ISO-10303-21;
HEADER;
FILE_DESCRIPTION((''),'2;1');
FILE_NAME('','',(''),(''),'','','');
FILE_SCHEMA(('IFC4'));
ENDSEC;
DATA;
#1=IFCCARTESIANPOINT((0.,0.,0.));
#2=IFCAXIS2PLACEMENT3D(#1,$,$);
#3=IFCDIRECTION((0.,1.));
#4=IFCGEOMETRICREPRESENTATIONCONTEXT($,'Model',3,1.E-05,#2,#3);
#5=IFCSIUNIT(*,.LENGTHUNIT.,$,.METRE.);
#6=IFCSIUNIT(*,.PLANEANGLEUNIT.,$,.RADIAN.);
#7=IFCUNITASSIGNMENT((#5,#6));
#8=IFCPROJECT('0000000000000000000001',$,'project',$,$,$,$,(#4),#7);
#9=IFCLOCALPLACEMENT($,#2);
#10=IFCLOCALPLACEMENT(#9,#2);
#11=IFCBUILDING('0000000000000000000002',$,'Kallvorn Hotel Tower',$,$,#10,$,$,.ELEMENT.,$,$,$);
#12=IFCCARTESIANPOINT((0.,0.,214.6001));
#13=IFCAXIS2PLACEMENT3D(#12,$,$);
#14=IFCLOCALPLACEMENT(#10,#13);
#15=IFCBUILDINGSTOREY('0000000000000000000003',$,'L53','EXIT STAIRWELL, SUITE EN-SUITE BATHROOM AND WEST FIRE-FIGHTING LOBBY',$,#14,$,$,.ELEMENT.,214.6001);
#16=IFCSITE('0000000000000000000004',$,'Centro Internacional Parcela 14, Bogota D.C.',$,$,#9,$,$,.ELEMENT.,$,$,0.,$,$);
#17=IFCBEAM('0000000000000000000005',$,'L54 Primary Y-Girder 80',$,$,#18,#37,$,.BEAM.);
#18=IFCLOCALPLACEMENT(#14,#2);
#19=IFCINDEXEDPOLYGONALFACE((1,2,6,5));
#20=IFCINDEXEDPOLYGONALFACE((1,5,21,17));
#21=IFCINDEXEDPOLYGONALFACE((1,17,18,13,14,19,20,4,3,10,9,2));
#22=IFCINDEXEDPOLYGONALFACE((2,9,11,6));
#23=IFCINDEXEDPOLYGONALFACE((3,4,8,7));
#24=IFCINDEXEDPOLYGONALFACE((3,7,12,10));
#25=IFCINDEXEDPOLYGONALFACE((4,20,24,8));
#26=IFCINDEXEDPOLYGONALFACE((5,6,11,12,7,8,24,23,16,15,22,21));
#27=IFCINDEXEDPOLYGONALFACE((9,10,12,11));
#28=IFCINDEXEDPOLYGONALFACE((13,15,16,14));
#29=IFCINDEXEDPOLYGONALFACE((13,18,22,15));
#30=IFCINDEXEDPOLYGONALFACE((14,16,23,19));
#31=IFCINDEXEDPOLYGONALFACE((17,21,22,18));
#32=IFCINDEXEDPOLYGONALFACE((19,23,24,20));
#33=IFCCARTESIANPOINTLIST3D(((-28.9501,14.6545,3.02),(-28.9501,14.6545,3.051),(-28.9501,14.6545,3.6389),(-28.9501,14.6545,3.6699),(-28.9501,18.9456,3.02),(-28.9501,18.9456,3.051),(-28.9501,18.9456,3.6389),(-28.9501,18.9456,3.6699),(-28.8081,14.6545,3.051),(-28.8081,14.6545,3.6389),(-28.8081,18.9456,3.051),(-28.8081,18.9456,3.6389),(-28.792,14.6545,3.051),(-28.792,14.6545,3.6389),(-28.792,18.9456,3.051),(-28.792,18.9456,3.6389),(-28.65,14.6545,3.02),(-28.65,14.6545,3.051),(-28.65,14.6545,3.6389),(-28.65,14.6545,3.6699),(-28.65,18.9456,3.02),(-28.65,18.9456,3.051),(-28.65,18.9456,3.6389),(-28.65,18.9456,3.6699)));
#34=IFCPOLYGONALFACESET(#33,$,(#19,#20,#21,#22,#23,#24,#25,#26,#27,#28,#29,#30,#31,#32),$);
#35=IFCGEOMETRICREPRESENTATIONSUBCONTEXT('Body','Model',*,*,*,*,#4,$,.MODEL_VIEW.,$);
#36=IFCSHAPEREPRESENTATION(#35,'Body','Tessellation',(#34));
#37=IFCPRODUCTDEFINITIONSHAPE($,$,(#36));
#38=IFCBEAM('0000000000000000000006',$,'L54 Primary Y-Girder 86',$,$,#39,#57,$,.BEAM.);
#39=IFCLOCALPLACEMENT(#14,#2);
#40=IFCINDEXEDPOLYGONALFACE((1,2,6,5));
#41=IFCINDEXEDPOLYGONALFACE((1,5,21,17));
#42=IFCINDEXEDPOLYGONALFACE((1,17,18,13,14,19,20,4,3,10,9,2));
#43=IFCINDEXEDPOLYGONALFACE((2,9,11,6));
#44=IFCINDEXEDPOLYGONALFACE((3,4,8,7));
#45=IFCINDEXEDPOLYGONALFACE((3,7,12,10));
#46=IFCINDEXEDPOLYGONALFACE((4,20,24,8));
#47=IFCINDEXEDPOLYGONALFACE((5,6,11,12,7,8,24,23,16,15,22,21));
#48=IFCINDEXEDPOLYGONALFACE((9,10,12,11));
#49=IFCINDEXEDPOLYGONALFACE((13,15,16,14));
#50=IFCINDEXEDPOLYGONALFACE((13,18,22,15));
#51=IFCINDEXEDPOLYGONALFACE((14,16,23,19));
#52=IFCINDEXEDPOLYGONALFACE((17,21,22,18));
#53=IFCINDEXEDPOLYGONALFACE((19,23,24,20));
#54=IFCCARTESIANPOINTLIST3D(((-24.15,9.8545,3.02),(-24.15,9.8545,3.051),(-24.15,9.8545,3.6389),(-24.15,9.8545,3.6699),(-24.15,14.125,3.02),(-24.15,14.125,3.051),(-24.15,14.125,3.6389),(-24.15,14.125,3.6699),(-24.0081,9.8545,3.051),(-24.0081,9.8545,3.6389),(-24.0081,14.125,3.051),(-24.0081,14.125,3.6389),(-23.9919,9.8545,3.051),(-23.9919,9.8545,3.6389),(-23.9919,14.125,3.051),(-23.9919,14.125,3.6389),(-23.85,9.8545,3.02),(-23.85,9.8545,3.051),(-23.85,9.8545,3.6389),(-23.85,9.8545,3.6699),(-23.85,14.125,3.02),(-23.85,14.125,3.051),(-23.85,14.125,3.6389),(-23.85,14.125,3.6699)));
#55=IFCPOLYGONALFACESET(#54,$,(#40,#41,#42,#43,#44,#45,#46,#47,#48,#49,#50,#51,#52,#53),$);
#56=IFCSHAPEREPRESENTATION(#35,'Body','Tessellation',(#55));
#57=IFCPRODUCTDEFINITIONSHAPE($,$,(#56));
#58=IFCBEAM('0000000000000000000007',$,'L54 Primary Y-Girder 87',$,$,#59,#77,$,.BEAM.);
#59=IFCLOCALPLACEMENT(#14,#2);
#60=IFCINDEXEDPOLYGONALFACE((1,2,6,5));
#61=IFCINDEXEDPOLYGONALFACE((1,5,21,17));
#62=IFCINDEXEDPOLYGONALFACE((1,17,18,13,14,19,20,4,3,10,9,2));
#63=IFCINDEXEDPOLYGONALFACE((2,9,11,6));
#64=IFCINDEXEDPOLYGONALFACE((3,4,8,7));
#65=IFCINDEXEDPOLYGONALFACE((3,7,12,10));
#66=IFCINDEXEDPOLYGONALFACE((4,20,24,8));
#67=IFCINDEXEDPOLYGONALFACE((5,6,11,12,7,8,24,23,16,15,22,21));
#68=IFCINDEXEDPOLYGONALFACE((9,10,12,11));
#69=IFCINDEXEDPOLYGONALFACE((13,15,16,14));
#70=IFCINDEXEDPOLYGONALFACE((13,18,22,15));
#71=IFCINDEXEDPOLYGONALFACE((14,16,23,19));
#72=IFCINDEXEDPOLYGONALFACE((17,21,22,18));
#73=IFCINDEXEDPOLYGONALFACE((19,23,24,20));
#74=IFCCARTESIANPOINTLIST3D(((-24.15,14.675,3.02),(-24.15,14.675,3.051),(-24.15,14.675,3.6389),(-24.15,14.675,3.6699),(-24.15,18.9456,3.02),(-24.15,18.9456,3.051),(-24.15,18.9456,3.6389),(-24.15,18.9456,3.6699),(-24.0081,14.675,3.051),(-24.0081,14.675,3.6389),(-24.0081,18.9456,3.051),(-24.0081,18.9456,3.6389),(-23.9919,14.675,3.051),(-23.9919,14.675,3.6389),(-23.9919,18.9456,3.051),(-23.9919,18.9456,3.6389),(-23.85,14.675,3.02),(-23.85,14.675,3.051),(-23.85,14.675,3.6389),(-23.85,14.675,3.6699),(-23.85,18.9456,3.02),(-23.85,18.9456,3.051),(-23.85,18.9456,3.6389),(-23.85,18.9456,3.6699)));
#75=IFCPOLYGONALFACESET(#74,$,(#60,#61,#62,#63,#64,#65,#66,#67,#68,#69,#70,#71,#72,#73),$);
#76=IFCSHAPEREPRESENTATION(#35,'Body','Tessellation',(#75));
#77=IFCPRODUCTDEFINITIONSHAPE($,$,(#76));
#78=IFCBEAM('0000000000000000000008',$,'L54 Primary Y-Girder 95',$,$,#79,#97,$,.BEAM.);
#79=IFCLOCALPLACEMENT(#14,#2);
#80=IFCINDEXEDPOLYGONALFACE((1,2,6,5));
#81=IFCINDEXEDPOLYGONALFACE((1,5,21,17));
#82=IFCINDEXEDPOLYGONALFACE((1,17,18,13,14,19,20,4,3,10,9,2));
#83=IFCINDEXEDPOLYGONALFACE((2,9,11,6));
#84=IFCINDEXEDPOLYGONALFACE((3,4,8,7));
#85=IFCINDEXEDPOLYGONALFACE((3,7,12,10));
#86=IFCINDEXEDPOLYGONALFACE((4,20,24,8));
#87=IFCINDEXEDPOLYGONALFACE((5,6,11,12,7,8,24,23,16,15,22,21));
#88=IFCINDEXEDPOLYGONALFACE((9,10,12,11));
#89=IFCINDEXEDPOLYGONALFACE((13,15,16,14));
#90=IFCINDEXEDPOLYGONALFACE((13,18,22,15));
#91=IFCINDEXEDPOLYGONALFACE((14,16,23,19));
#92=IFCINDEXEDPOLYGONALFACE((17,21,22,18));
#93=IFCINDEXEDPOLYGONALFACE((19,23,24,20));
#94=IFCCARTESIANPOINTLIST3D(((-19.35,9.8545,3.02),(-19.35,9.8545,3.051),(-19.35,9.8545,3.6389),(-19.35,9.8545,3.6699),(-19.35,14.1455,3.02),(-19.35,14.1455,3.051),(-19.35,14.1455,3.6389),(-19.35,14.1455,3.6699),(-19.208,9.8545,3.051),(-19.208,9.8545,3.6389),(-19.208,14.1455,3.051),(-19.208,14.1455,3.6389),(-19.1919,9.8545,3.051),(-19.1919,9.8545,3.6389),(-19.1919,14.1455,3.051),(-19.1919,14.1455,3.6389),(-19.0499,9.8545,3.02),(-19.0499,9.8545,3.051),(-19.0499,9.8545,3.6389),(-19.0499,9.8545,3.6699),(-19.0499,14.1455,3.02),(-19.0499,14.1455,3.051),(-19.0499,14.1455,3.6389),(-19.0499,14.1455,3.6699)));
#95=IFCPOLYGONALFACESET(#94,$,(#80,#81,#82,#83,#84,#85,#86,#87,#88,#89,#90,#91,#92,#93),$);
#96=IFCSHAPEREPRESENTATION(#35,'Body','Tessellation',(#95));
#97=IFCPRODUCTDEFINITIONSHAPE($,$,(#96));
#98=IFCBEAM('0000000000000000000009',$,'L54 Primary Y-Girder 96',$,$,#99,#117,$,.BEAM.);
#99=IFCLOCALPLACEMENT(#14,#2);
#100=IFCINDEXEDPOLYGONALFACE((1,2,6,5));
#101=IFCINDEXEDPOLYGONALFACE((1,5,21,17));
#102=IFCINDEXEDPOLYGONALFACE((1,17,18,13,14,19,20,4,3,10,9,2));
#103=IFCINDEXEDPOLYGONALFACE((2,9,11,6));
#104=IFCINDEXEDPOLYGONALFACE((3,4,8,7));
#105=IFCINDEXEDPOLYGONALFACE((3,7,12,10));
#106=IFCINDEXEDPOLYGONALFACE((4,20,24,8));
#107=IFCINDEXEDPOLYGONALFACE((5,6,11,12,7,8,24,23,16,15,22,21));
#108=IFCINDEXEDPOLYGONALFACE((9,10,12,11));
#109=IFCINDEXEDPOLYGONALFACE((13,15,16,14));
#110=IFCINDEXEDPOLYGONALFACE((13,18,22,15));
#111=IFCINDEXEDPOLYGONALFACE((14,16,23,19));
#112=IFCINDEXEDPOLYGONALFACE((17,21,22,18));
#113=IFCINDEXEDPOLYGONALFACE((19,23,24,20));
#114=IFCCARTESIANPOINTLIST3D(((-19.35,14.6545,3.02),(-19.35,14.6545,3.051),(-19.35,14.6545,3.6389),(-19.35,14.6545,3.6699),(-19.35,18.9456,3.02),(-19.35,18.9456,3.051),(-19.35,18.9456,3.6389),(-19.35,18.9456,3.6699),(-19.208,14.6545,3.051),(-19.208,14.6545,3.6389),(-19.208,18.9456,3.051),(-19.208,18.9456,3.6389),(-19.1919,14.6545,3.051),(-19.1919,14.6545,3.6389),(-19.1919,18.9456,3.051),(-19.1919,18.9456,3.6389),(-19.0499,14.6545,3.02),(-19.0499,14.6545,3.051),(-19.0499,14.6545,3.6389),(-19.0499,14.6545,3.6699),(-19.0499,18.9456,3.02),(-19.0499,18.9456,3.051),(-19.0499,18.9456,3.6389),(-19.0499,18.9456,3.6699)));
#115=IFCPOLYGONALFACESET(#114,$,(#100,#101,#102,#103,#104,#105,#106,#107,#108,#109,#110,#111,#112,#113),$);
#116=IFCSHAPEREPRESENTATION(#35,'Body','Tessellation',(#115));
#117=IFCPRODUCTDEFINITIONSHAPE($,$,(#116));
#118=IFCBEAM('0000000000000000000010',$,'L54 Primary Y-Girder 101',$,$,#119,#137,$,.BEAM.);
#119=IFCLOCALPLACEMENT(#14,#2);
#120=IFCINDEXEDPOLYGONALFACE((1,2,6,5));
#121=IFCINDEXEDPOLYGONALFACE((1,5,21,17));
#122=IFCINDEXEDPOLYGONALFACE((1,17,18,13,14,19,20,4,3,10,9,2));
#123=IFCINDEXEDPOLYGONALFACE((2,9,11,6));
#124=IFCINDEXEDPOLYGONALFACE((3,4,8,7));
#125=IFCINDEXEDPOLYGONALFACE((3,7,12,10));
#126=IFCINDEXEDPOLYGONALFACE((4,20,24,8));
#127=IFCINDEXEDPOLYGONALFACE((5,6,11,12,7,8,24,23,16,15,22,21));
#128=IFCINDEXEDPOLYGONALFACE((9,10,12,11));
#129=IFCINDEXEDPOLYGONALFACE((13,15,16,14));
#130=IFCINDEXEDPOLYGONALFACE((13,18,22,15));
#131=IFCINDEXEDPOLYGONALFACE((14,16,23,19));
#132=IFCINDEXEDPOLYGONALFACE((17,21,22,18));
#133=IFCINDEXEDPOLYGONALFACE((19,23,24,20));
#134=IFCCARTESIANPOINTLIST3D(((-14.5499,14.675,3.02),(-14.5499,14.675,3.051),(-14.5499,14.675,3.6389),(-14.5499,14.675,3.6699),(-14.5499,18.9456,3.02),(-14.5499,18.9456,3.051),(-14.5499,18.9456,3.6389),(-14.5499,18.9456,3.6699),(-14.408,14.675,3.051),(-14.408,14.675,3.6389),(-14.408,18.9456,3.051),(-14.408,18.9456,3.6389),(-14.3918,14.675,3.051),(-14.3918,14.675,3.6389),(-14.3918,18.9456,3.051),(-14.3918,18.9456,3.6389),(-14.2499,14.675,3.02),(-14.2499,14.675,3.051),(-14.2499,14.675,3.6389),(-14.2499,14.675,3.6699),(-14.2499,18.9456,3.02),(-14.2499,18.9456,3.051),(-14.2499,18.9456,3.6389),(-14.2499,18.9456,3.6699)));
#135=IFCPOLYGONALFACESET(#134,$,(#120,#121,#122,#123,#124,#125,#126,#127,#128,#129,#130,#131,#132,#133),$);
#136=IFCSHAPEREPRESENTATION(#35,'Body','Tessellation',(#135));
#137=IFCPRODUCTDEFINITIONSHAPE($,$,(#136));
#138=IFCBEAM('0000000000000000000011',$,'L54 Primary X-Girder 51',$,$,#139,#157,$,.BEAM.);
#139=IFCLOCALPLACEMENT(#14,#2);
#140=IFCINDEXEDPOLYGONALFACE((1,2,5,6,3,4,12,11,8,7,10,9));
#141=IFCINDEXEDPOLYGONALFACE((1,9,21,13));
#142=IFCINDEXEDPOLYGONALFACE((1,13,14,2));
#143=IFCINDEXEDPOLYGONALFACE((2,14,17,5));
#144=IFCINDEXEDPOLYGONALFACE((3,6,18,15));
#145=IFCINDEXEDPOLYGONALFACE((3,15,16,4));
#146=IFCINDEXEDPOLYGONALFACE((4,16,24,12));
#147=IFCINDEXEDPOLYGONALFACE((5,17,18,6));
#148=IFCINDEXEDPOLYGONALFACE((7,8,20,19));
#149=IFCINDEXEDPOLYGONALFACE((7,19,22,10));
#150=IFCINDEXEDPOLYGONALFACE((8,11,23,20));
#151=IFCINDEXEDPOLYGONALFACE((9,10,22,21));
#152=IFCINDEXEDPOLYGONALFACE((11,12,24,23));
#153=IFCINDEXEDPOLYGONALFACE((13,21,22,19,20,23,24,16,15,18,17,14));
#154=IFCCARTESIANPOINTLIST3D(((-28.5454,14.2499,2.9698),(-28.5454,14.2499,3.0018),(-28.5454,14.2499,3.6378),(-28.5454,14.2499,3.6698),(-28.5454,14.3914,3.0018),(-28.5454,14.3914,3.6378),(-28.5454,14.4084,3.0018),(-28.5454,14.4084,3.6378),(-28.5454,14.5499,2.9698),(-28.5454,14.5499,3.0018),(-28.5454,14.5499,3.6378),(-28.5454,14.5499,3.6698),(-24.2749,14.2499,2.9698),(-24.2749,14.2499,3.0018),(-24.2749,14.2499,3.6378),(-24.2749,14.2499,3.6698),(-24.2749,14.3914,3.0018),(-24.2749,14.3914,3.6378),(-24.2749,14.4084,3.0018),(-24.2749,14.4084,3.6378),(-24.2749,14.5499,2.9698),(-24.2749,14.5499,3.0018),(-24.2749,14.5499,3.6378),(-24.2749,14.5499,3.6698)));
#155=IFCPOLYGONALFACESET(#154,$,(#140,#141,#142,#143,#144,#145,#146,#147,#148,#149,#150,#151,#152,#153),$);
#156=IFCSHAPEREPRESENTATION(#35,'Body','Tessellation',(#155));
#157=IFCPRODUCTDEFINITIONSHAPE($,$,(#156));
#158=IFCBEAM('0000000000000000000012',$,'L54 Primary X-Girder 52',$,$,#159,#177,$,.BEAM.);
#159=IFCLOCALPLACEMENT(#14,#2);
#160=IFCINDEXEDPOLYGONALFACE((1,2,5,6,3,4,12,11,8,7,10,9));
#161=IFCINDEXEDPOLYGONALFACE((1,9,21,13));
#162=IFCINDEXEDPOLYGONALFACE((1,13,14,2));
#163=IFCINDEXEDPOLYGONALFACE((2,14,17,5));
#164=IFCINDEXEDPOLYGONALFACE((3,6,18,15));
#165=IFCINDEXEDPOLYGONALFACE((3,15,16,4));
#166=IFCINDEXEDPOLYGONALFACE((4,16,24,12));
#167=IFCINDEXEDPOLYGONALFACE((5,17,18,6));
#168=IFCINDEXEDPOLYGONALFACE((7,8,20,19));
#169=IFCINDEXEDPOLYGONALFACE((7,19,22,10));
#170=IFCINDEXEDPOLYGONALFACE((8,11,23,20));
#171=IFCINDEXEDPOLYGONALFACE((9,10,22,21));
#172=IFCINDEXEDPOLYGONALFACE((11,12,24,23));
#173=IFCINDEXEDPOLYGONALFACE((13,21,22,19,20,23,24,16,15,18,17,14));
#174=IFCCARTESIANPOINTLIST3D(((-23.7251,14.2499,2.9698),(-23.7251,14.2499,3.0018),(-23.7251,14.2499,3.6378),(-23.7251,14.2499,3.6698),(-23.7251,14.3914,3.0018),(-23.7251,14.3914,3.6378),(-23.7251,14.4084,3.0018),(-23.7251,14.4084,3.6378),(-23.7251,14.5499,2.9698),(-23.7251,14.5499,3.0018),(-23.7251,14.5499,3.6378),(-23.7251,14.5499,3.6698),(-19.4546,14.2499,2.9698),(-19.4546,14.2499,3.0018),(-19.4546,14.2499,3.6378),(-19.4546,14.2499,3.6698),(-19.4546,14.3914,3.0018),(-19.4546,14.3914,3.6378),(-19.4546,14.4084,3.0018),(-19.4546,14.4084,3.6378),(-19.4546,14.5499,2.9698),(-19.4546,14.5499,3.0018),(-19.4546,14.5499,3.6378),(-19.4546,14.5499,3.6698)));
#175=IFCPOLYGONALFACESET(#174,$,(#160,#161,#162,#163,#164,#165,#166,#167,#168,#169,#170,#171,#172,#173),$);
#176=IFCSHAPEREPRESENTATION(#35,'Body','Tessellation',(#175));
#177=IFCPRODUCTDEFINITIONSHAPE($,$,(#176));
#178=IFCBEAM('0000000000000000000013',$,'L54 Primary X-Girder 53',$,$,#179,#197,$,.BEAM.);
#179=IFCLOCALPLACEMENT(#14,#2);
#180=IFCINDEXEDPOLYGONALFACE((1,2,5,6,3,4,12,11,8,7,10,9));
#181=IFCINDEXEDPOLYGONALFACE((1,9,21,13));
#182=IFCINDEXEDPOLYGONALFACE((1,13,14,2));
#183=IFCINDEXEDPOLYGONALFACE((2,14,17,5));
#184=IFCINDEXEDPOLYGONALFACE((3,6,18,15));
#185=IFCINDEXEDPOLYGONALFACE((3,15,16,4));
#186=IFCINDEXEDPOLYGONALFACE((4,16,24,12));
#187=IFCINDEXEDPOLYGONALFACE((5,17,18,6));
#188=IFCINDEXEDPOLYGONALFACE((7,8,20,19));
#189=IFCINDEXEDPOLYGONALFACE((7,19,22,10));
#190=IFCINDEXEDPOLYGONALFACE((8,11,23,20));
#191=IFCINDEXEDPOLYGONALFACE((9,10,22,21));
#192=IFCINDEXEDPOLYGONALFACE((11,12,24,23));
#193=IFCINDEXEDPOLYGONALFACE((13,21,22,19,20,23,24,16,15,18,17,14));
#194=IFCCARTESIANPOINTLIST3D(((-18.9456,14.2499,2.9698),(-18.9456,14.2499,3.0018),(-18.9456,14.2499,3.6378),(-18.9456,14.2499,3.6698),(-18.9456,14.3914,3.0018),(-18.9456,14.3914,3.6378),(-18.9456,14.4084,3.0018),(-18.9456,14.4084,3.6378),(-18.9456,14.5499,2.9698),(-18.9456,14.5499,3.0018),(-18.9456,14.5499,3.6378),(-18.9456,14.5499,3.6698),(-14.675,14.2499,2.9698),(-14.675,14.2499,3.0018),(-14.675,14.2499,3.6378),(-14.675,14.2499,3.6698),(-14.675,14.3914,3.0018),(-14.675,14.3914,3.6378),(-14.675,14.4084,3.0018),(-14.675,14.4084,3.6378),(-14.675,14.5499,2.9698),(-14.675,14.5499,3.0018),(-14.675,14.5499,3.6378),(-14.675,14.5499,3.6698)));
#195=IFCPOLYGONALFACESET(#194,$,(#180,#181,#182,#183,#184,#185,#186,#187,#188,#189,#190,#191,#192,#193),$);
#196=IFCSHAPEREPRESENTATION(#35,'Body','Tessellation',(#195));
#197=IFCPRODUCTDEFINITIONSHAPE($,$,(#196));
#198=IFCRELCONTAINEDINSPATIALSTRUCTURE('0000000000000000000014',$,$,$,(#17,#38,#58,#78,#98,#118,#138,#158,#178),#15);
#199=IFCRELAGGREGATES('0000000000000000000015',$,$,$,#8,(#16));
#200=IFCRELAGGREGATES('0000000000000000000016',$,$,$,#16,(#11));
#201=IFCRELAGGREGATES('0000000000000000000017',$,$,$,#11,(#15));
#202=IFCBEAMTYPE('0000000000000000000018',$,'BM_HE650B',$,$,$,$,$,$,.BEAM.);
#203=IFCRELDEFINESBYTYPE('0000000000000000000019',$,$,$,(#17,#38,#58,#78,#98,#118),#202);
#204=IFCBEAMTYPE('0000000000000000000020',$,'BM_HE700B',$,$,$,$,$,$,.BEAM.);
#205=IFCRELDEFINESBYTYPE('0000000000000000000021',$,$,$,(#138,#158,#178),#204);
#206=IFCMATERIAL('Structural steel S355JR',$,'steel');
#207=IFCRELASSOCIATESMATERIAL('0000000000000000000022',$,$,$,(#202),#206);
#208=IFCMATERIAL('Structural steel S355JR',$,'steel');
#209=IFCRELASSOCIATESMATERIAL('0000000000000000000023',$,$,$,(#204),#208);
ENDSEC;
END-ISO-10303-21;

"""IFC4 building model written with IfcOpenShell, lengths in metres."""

from ifc_helpers import new_model, si_unit, direction, frame, origin, origin_2d, place, context, subcontext, project, spatial, i_section, extrude, material, material_profile, profile_set, type_object, element, save


model = new_model("IFC4")

# Units and contexts
model_context = context("Model", 3, precision=1e-05, world=origin(), true_north=direction((0.0, 1.0)))
body_context = subcontext(model_context, "Body", "Model", "MODEL_VIEW")
ifc_project = project(units=[si_unit("LENGTHUNIT", "METRE"), si_unit("PLANEANGLEUNIT", "RADIAN")], contexts=[model_context])

# Site, building, storey
site_placement = place(None, origin())
site = spatial("IfcSite", under=ifc_project, at=site_placement, Name="Centro Internacional Parcela 14, Bogota D.C.", CompositionType="ELEMENT", RefElevation=0.0)
building_placement = place(site_placement, origin())
building = spatial("IfcBuilding", under=site, at=building_placement, Name="Kallvorn Hotel Tower", CompositionType="ELEMENT")
storey_placement = place(building_placement, frame((0.0, 0.0, 214.6001)))
storey = spatial("IfcBuildingStorey", under=building, at=storey_placement, Name="L53", Description="EXIT STAIRWELL, SUITE EN-SUITE BATHROOM AND WEST FIRE-FIGHTING LOBBY", CompositionType="ELEMENT", Elevation=214.6001)

# Beams
ifc_material_1 = material(Name="Structural steel S355JR", Category="steel")
ifc_material_profile_1 = material_profile(ifc_material_1, i_section(OverallWidth=0.3, OverallDepth=0.6499, WebThickness=0.0161, FlangeThickness=0.031, at=origin_2d()), Name="HE 650 B")
ifc_profile_set_1 = profile_set([ifc_material_profile_1], Name="Structural steel S355JR")
beam_type_1 = type_object("IfcBeamType", Name="BM_HE650B", PredefinedType="BEAM", material=ifc_profile_set_1)
for number, where, z_axis, x_axis, name in (
    (1, (-28.8, 14.6545, 3.345), (0.0, 1.0, 0.0), (-1.0, 0.0, 0.0), "L54 Primary Y-Girder 80"),
):
    element("IfcBeam", number, at=place(storey_placement, frame(where, z_axis=z_axis, x_axis=x_axis)), inside=storey, type_object=beam_type_1, Name=name, PredefinedType="BEAM", context=body_context, shape_type="SweptSolid", body=[
        extrude(i_section(OverallWidth=0.3, OverallDepth=0.6499, WebThickness=0.0161, FlangeThickness=0.031, at=origin_2d()), origin(), (0.0, 0.0, 1.0), 4.291),
    ])
for number, where, z_axis, x_axis, name in (
    (2, (-24.0, 9.8545, 3.345), (0.0, 1.0, 0.0), (-1.0, 0.0, 0.0), "L54 Primary Y-Girder 86"),
    (3, (-24.0, 14.675, 3.345), (0.0, 1.0, 0.0), (-1.0, 0.0, 0.0), "L54 Primary Y-Girder 87"),
):
    element("IfcBeam", number, at=place(storey_placement, frame(where, z_axis=z_axis, x_axis=x_axis)), inside=storey, type_object=beam_type_1, Name=name, PredefinedType="BEAM", context=body_context, shape_type="SweptSolid", body=[
        extrude(i_section(OverallWidth=0.3, OverallDepth=0.6499, WebThickness=0.0161, FlangeThickness=0.031, at=origin_2d()), origin(), (0.0, 0.0, 1.0), 4.2705),
    ])
for number, where, z_axis, x_axis, name in (
    (4, (-19.2, 9.8545, 3.345), (0.0, 1.0, 0.0), (-1.0, 0.0, 0.0), "L54 Primary Y-Girder 95"),
    (5, (-19.2, 14.6545, 3.345), (0.0, 1.0, 0.0), (-1.0, 0.0, 0.0), "L54 Primary Y-Girder 96"),
):
    element("IfcBeam", number, at=place(storey_placement, frame(where, z_axis=z_axis, x_axis=x_axis)), inside=storey, type_object=beam_type_1, Name=name, PredefinedType="BEAM", context=body_context, shape_type="SweptSolid", body=[
        extrude(i_section(OverallWidth=0.3, OverallDepth=0.6499, WebThickness=0.0161, FlangeThickness=0.031, at=origin_2d()), origin(), (0.0, 0.0, 1.0), 4.291),
    ])
beam_placement = place(storey_placement, frame((-14.3999, 14.675, 3.345), z_axis=(0.0, 1.0, 0.0), x_axis=(-1.0, 0.0, 0.0)))
element("IfcBeam", 6, at=beam_placement, inside=storey, type_object=beam_type_1, Name="L54 Primary Y-Girder 101", PredefinedType="BEAM", context=body_context, shape_type="SweptSolid", body=[
    extrude(i_section(OverallWidth=0.3, OverallDepth=0.6499, WebThickness=0.0161, FlangeThickness=0.031, at=origin_2d()), origin(), (0.0, 0.0, 1.0), 4.2705),
])
ifc_material_2 = material(Name="Structural steel S355JR", Category="steel")
ifc_material_profile_2 = material_profile(ifc_material_2, i_section(OverallWidth=0.3, OverallDepth=0.7, WebThickness=0.0171, FlangeThickness=0.032, at=origin_2d()), Name="HE 700 B")
ifc_profile_set_2 = profile_set([ifc_material_profile_2], Name="Structural steel S355JR")
beam_type_2 = type_object("IfcBeamType", Name="BM_HE700B", PredefinedType="BEAM", material=ifc_profile_set_2)
for number, where, z_axis, x_axis, name in (
    (7, (-28.5454, 14.3999, 3.3198), (1.0, 0.0, 0.0), (0.0, 1.0, 0.0), "L54 Primary X-Girder 51"),
    (8, (-23.7251, 14.3999, 3.3198), (1.0, 0.0, 0.0), (0.0, 1.0, 0.0), "L54 Primary X-Girder 52"),
    (9, (-18.9456, 14.3999, 3.3198), (1.0, 0.0, 0.0), (0.0, 1.0, 0.0), "L54 Primary X-Girder 53"),
):
    element("IfcBeam", number, at=place(storey_placement, frame(where, z_axis=z_axis, x_axis=x_axis)), inside=storey, type_object=beam_type_2, Name=name, PredefinedType="BEAM", context=body_context, shape_type="SweptSolid", body=[
        extrude(i_section(OverallWidth=0.3, OverallDepth=0.7, WebThickness=0.0171, FlangeThickness=0.032, at=origin_2d()), origin(), (0.0, 0.0, 1.0), 4.2705),
    ])

save(model, "model.ifc")
